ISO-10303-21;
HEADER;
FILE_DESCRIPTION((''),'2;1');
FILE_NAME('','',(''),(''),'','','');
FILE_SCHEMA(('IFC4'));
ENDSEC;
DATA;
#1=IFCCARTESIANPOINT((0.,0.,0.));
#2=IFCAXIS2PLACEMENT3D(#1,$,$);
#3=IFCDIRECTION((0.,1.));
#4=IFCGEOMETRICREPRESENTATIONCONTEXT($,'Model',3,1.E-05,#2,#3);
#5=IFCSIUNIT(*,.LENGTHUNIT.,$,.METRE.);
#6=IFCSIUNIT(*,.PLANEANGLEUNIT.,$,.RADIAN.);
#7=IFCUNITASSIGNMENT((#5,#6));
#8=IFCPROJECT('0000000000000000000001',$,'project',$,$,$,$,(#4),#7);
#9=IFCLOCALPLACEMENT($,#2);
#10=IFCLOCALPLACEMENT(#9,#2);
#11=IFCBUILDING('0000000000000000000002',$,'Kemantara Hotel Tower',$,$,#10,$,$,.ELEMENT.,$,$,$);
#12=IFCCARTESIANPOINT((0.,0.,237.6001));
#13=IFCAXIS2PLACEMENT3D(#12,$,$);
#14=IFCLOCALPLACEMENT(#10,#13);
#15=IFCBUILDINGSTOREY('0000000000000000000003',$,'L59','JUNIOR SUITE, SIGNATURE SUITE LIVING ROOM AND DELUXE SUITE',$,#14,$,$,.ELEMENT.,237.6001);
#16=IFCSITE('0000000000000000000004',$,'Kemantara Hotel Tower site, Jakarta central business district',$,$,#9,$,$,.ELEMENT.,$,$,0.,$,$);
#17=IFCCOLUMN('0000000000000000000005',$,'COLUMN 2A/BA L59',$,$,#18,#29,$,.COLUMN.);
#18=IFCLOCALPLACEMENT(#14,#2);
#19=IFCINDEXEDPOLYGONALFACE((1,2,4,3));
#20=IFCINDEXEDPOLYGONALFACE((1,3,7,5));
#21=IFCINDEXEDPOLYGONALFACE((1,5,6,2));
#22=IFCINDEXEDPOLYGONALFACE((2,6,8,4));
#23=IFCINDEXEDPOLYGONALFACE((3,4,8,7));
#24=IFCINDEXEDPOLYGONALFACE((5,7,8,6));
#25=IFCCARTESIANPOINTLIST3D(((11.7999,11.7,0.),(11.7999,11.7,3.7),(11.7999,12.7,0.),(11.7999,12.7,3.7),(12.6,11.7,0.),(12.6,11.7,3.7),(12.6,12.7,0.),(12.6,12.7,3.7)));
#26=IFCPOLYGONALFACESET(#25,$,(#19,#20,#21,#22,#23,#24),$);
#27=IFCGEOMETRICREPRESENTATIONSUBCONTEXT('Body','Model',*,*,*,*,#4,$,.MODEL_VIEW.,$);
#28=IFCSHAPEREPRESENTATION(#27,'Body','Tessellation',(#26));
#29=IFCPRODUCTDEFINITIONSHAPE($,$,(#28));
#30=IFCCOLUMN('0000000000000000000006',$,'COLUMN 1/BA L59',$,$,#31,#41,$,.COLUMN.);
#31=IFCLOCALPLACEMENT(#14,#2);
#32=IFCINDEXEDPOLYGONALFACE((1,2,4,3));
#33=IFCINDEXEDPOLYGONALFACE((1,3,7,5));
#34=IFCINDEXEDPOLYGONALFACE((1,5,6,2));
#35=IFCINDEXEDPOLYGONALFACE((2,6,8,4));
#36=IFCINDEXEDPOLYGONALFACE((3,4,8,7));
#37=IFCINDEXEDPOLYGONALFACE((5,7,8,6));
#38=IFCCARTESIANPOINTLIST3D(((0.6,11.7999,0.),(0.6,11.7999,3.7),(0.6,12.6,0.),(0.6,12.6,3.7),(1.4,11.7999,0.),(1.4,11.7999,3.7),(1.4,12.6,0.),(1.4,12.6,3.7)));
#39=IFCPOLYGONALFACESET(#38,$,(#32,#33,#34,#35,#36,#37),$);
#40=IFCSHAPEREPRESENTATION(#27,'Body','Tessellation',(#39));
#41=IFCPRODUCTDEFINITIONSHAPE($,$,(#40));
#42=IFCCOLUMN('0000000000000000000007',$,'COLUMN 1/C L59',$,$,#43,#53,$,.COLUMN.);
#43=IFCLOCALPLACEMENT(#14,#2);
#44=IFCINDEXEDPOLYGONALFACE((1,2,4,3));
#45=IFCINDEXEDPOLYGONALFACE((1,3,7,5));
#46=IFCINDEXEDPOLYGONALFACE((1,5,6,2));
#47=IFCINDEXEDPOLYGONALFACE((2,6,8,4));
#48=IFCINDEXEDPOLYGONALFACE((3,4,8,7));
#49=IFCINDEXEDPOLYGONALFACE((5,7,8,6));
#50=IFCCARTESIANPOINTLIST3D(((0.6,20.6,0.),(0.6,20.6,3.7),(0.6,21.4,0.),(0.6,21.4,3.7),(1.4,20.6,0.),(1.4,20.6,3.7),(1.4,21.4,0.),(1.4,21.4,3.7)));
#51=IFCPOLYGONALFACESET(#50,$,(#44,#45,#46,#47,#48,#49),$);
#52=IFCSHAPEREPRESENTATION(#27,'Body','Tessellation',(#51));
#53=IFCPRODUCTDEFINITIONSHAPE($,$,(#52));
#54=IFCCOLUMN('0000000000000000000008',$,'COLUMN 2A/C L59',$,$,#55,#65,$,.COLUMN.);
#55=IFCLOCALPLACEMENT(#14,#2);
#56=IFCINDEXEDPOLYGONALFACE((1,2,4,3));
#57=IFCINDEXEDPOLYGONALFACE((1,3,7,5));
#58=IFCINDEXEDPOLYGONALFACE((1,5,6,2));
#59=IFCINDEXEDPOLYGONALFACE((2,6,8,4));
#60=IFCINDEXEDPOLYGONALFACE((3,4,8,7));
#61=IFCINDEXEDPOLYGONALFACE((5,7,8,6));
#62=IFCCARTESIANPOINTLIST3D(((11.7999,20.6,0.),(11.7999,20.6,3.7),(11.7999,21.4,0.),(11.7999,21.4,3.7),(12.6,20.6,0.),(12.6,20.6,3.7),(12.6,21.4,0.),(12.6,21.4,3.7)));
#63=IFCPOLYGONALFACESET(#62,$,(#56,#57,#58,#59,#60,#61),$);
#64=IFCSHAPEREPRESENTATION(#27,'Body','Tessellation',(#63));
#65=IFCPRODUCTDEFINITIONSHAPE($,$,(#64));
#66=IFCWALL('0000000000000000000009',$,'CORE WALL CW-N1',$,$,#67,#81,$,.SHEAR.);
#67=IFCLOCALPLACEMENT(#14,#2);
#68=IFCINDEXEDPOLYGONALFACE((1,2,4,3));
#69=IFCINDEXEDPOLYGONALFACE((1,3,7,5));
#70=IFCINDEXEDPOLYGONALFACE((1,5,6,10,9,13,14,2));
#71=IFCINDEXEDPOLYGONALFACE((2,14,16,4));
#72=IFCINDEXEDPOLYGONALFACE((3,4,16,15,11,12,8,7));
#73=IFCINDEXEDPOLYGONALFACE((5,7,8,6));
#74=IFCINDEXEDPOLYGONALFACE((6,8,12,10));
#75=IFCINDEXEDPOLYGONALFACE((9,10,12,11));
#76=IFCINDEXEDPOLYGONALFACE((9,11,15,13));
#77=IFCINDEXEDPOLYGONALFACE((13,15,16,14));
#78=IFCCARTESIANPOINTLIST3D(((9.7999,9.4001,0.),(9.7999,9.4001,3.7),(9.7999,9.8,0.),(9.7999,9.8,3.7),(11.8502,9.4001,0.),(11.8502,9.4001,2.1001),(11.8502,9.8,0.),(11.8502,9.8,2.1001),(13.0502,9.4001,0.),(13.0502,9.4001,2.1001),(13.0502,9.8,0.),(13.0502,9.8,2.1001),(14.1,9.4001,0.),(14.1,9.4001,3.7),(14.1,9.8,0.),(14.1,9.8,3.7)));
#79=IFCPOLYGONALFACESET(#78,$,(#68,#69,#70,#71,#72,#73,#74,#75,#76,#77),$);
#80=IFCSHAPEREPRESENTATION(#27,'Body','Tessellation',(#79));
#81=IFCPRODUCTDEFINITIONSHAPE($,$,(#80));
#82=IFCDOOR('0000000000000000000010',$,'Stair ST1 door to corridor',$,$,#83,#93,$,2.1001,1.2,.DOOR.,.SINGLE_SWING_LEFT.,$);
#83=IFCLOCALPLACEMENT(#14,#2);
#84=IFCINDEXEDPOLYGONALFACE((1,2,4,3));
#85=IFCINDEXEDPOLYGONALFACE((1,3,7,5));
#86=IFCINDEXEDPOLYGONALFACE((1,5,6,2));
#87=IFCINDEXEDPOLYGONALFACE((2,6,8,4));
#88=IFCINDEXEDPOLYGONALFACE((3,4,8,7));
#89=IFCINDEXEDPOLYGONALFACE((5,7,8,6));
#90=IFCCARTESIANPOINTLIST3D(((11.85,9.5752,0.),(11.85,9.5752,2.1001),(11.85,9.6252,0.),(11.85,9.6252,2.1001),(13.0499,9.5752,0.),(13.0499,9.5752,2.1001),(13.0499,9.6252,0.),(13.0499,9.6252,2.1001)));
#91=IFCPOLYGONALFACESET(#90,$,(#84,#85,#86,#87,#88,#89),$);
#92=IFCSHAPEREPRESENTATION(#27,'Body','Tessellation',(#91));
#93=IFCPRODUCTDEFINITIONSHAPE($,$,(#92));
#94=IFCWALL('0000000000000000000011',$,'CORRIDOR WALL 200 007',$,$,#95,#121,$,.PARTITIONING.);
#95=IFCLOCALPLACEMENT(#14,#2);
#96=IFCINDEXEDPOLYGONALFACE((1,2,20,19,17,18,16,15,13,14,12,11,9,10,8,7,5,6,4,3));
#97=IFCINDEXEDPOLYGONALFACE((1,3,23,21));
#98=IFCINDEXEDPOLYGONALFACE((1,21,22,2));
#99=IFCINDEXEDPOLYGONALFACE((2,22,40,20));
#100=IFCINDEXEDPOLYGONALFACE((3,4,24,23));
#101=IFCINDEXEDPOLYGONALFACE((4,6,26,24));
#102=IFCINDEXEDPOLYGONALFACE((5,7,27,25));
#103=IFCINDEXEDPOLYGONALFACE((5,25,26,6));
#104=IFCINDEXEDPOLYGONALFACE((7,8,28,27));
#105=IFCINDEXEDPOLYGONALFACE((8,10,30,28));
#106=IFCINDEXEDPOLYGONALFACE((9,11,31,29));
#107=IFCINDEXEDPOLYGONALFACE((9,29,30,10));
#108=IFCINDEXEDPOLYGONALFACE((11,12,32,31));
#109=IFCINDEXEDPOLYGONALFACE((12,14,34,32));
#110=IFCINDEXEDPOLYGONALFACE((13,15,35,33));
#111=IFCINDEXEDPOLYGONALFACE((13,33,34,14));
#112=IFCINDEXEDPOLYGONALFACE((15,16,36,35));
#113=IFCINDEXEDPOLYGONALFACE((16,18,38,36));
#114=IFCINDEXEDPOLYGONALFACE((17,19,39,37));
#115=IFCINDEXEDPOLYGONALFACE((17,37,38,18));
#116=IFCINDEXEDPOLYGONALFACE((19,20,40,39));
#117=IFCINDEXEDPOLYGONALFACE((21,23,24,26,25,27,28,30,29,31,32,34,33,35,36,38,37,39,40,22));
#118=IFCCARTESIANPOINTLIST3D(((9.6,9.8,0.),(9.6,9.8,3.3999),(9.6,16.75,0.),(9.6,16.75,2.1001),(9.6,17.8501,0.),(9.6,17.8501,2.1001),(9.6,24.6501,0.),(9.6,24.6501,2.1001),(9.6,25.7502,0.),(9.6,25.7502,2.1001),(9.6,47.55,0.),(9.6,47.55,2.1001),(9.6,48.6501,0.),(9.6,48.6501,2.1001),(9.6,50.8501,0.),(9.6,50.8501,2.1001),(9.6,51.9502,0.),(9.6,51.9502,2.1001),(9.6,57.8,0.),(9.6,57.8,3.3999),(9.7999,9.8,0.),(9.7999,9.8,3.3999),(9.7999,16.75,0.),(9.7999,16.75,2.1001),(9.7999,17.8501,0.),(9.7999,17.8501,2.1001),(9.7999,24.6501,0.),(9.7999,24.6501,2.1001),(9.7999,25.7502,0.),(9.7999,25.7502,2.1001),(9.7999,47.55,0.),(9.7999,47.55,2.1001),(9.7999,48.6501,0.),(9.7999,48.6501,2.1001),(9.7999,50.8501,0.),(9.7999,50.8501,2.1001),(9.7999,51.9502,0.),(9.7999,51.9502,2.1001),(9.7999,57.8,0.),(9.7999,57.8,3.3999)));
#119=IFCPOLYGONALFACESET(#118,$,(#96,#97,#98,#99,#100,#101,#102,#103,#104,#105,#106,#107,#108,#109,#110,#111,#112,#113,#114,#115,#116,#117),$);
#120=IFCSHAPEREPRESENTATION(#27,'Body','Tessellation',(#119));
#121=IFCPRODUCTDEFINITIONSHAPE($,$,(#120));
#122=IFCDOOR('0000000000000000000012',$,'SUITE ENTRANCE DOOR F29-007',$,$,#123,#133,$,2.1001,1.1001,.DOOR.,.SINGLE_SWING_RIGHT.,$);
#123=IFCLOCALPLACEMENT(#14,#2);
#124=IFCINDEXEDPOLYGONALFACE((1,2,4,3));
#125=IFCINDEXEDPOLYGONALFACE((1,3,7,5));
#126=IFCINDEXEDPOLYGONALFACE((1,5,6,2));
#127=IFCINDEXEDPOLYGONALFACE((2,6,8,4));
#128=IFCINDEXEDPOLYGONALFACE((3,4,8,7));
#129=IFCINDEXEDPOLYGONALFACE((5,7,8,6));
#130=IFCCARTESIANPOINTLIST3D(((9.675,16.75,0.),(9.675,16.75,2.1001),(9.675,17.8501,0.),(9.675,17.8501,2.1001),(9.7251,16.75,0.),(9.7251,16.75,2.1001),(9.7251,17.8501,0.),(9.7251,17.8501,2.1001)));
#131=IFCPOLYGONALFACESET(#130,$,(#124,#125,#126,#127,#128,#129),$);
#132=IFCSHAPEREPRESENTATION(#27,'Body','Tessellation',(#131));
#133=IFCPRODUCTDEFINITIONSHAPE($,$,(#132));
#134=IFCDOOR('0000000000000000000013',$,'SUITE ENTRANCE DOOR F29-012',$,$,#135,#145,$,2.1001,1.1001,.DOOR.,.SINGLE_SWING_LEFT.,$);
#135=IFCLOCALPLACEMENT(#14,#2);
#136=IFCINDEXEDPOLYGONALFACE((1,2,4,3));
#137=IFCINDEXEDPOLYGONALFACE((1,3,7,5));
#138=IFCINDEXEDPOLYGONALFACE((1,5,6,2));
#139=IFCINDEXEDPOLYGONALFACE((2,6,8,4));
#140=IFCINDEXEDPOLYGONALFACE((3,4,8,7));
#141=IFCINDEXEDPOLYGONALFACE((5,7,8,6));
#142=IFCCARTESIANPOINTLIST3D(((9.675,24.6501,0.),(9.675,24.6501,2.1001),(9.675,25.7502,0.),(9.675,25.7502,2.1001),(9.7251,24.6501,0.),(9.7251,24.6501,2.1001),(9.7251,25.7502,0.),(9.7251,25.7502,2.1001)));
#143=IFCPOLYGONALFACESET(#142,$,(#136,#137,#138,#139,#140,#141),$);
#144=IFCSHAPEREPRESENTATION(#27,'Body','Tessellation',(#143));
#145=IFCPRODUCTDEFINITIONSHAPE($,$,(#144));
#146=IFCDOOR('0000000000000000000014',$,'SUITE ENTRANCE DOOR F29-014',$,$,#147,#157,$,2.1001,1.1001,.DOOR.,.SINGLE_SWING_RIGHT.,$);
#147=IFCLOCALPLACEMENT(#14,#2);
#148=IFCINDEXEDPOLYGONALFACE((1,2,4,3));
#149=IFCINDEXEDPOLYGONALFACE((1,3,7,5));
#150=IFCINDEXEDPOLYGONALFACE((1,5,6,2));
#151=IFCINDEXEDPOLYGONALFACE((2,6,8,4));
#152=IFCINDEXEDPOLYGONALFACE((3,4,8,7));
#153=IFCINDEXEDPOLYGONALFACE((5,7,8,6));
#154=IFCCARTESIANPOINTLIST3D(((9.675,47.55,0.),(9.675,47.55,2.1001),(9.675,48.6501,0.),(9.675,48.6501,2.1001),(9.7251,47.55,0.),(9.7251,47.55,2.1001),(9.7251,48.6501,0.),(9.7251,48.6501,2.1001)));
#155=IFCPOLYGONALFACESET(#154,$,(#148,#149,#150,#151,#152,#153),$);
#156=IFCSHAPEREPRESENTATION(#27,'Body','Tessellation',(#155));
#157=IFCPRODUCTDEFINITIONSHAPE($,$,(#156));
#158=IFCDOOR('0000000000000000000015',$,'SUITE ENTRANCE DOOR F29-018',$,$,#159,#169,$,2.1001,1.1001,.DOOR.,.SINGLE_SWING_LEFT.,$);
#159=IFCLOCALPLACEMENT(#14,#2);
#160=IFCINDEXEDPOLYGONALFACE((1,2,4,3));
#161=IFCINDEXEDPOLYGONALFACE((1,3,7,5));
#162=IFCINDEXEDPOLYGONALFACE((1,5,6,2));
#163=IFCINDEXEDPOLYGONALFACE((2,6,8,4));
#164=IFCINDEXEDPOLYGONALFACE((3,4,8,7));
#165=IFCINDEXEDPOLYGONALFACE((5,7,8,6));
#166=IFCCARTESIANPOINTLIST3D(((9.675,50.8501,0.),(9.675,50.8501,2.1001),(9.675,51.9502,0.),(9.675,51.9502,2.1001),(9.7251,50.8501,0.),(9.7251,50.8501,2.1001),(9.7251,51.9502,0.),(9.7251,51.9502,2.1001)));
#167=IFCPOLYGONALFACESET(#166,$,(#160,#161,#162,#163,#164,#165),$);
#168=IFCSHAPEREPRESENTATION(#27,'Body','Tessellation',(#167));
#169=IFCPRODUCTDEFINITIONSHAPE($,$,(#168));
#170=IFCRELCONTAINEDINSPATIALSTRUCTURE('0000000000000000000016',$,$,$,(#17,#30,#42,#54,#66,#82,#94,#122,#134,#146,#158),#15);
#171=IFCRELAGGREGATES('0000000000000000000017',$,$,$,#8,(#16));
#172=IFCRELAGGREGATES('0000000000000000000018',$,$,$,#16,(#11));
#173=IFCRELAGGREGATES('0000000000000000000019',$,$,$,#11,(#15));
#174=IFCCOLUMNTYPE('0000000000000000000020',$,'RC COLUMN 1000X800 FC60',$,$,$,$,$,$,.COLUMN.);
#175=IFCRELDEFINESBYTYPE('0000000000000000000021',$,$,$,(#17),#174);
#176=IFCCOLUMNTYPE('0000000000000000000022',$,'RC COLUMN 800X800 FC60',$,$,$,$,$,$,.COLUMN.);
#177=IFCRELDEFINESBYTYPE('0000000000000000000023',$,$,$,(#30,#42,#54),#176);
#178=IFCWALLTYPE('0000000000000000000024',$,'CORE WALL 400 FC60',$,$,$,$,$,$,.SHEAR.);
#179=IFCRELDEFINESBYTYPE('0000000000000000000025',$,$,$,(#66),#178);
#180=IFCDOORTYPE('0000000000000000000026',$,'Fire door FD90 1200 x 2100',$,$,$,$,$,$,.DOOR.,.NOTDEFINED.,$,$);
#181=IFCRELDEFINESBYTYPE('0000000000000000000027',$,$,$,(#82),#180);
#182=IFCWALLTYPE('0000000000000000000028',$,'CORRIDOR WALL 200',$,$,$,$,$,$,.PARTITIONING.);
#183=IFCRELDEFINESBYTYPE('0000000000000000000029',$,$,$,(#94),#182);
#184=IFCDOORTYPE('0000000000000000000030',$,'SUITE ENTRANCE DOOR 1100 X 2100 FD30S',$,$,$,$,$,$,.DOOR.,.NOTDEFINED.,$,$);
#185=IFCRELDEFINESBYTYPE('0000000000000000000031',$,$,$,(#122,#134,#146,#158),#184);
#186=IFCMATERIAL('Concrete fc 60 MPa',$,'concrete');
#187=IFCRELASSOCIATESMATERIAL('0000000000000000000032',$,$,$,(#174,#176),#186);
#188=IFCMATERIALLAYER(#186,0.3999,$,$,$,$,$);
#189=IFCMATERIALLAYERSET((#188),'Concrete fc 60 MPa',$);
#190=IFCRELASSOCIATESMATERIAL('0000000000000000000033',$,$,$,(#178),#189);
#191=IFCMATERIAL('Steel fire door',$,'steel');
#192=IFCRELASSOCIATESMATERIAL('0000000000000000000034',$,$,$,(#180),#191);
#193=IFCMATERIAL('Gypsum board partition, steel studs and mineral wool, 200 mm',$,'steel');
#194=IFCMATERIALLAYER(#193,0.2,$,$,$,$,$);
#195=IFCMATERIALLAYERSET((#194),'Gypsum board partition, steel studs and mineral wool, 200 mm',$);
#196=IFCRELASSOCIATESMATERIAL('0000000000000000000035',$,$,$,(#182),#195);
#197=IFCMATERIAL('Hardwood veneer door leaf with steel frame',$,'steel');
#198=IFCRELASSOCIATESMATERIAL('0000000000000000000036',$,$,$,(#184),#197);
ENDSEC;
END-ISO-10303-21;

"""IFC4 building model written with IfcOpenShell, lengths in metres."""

from ifc_helpers import new_model, si_unit, direction, frame, frame_2d, origin, origin_2d, place, context, subcontext, project, spatial, rectangle, extrude, material, layer, layer_set, material_profile, profile_set, type_object, element, fill, save


model = new_model("IFC4")

# Units and contexts
model_context = context("Model", 3, precision=1e-05, world=origin(), true_north=direction((0.0, 1.0)))
body_context = subcontext(model_context, "Body", "Model", "MODEL_VIEW")
ifc_project = project(units=[si_unit("LENGTHUNIT", "METRE"), si_unit("PLANEANGLEUNIT", "RADIAN")], contexts=[model_context])

# Site, building, storey
site_placement = place(None, origin())
site = spatial("IfcSite", under=ifc_project, at=site_placement, Name="Kemantara Hotel Tower site, Jakarta central business district", CompositionType="ELEMENT", RefElevation=0.0)
building_placement = place(site_placement, origin())
building = spatial("IfcBuilding", under=site, at=building_placement, Name="Kemantara Hotel Tower", CompositionType="ELEMENT")
storey_placement = place(building_placement, frame((0.0, 0.0, 237.6001)))
storey = spatial("IfcBuildingStorey", under=building, at=storey_placement, Name="L59", Description="JUNIOR SUITE, SIGNATURE SUITE LIVING ROOM AND DELUXE SUITE", CompositionType="ELEMENT", Elevation=237.6001)

# Columns
ifc_material_1 = material(Name="Concrete fc 60 MPa", Category="concrete")
ifc_material_profile_1 = material_profile(ifc_material_1, rectangle(XDim=1.0, YDim=0.8, at=origin_2d()), Name="RC 1000X800")
ifc_profile_set_1 = profile_set([ifc_material_profile_1], Name="Concrete fc 60 MPa")
column_type_1 = type_object("IfcColumnType", Name="RC COLUMN 1000X800 FC60", PredefinedType="COLUMN", material=ifc_profile_set_1)
column_placement = place(storey_placement, frame((12.2, 12.2, 0.0), z_axis=(0.0, 0.0, 1.0), x_axis=(0.0, 1.0, 0.0)))
element("IfcColumn", 1, at=column_placement, inside=storey, type_object=column_type_1, Name="COLUMN 2A/BA L59", PredefinedType="COLUMN", context=body_context, shape_type="SweptSolid", body=[
    extrude(rectangle(XDim=1.0, YDim=0.8, at=origin_2d()), origin(), (0.0, 0.0, 1.0), 3.7),
])
ifc_material_profile_2 = material_profile(ifc_material_1, rectangle(XDim=0.8, YDim=0.8, at=origin_2d()), Name="RC 800X800")
ifc_profile_set_2 = profile_set([ifc_material_profile_2], Name="Concrete fc 60 MPa")
column_type_2 = type_object("IfcColumnType", Name="RC COLUMN 800X800 FC60", PredefinedType="COLUMN", material=ifc_profile_set_2)
for number, where, z_axis, x_axis, name in (
    (2, (1.0, 12.2, 0.0), (0.0, 0.0, 1.0), (1.0, 0.0, 0.0), "COLUMN 1/BA L59"),
    (3, (1.0, 21.0, 0.0), (0.0, 0.0, 1.0), (1.0, 0.0, 0.0), "COLUMN 1/C L59"),
    (4, (12.2, 21.0, 0.0), (0.0, 0.0, 1.0), (1.0, 0.0, 0.0), "COLUMN 2A/C L59"),
):
    element("IfcColumn", number, at=place(storey_placement, frame(where, z_axis=z_axis, x_axis=x_axis)), inside=storey, type_object=column_type_2, Name=name, PredefinedType="COLUMN", context=body_context, shape_type="SweptSolid", body=[
        extrude(rectangle(XDim=0.8, YDim=0.8, at=origin_2d()), origin(), (0.0, 0.0, 1.0), 3.7),
    ])

# Wall, opening, door
ifc_layer_1 = layer(ifc_material_1, 0.3999)
ifc_layer_set_1 = layer_set([ifc_layer_1], Name="Concrete fc 60 MPa")
wall_type_1 = type_object("IfcWallType", Name="CORE WALL 400 FC60", PredefinedType="SHEAR", material=ifc_layer_set_1)
wall_1_placement = place(storey_placement, frame((9.8, 9.6001, 0.0), z_axis=(0.0, 0.0, 1.0), x_axis=(1.0, 0.0, 0.0)))
wall_1 = element("IfcWall", 5, at=wall_1_placement, inside=storey, type_object=wall_type_1, Name="CORE WALL CW-N1", PredefinedType="SHEAR", context=body_context, shape_type="SweptSolid", body=[
    extrude(rectangle(XDim=4.3, YDim=0.3999, at=frame_2d((2.1499, 0.0))), origin(), (0.0, 0.0, 1.0), 3.7),
])
opening_1_placement = place(wall_1_placement, frame((2.05, 0.0, 0.0)))
opening_1 = element("IfcOpeningElement", 6, at=opening_1_placement, cuts=wall_1, PredefinedType="OPENING", context=body_context, shape_type="SweptSolid", body=[
    extrude(rectangle(XDim=1.2, YDim=2.1001, at=frame_2d((0.6001, 1.05))), frame((0.0, 0.21, 0.0), z_axis=(0.0, -1.0, 0.0), x_axis=(1.0, 0.0, 0.0)), (0.0, 0.0, 1.0), 0.4199),
])
ifc_material_2 = material(Name="Steel fire door", Category="steel")
door_type_1 = type_object("IfcDoorType", Name="Fire door FD90 1200 x 2100", OperationType="NOTDEFINED", PredefinedType="DOOR", material=ifc_material_2)
door_1_placement = place(opening_1_placement, frame((1.2, 0.0, 0.0), z_axis=(0.0, 0.0, 1.0), x_axis=(-1.0, 0.0, 0.0)))
door_1 = element("IfcDoor", 7, at=door_1_placement, inside=storey, type_object=door_type_1, Name="Stair ST1 door to corridor", OperationType="SINGLE_SWING_LEFT", OverallHeight=2.1001, OverallWidth=1.2, PredefinedType="DOOR", context=body_context, shape_type="SweptSolid", body=[
    extrude(rectangle(XDim=1.2, YDim=2.1001, at=frame_2d((0.6001, 1.05))), frame((0.0, 0.0249, 0.0), z_axis=(0.0, -1.0, 0.0), x_axis=(1.0, 0.0, 0.0)), (0.0, 0.0, 1.0), 0.05),
])
fill(opening_1, door_1)

# Wall, openings, doors
ifc_material_3 = material(Name="Gypsum board partition, steel studs and mineral wool, 200 mm", Category="steel")
ifc_layer_2 = layer(ifc_material_3, 0.2)
ifc_layer_set_2 = layer_set([ifc_layer_2], Name="Gypsum board partition, steel studs and mineral wool, 200 mm")
wall_type_2 = type_object("IfcWallType", Name="CORRIDOR WALL 200", PredefinedType="PARTITIONING", material=ifc_layer_set_2)
wall_2_placement = place(storey_placement, frame((9.7, 9.8, 0.0), z_axis=(0.0, 0.0, 1.0), x_axis=(0.0, 1.0, 0.0)))
wall_2 = element("IfcWall", 8, at=wall_2_placement, inside=storey, type_object=wall_type_2, Name="CORRIDOR WALL 200 007", PredefinedType="PARTITIONING", context=body_context, shape_type="SweptSolid", body=[
    extrude(rectangle(XDim=48.0, YDim=0.2, at=frame_2d((24.0, 0.0))), origin(), (0.0, 0.0, 1.0), 3.3999),
])
opening_2_placement = place(wall_2_placement, frame((6.95, 0.0, 0.0)))
opening_2 = element("IfcOpeningElement", 9, at=opening_2_placement, cuts=wall_2, PredefinedType="OPENING", context=body_context, shape_type="SweptSolid", body=[
    extrude(rectangle(XDim=1.1001, YDim=2.1001, at=frame_2d((0.55, 1.05))), frame((0.0, 0.1099, 0.0), z_axis=(0.0, -1.0, 0.0), x_axis=(1.0, 0.0, 0.0)), (0.0, 0.0, 1.0), 0.22),
])
opening_3_placement = place(wall_2_placement, frame((14.8501, 0.0, 0.0)))
opening_3 = element("IfcOpeningElement", 10, at=opening_3_placement, cuts=wall_2, PredefinedType="OPENING", context=body_context, shape_type="SweptSolid", body=[
    extrude(rectangle(XDim=1.1001, YDim=2.1001, at=frame_2d((0.55, 1.05))), frame((0.0, 0.1099, 0.0), z_axis=(0.0, -1.0, 0.0), x_axis=(1.0, 0.0, 0.0)), (0.0, 0.0, 1.0), 0.22),
])
opening_4_placement = place(wall_2_placement, frame((37.75, 0.0, 0.0)))
opening_4 = element("IfcOpeningElement", 11, at=opening_4_placement, cuts=wall_2, PredefinedType="OPENING", context=body_context, shape_type="SweptSolid", body=[
    extrude(rectangle(XDim=1.1001, YDim=2.1001, at=frame_2d((0.55, 1.05))), frame((0.0, 0.1099, 0.0), z_axis=(0.0, -1.0, 0.0), x_axis=(1.0, 0.0, 0.0)), (0.0, 0.0, 1.0), 0.22),
])
opening_5_placement = place(wall_2_placement, frame((41.05, 0.0, 0.0)))
opening_5 = element("IfcOpeningElement", 12, at=opening_5_placement, cuts=wall_2, PredefinedType="OPENING", context=body_context, shape_type="SweptSolid", body=[
    extrude(rectangle(XDim=1.1001, YDim=2.1001, at=frame_2d((0.55, 1.05))), frame((0.0, 0.1099, 0.0), z_axis=(0.0, -1.0, 0.0), x_axis=(1.0, 0.0, 0.0)), (0.0, 0.0, 1.0), 0.22),
])
ifc_material_4 = material(Name="Hardwood veneer door leaf with steel frame", Category="steel")
door_type_2 = type_object("IfcDoorType", Name="SUITE ENTRANCE DOOR 1100 X 2100 FD30S", OperationType="NOTDEFINED", PredefinedType="DOOR", material=ifc_material_4)
door_2_placement = place(opening_2_placement, origin())
door_2 = element("IfcDoor", 13, at=door_2_placement, inside=storey, type_object=door_type_2, Name="SUITE ENTRANCE DOOR F29-007", OperationType="SINGLE_SWING_RIGHT", OverallHeight=2.1001, OverallWidth=1.1001, PredefinedType="DOOR", context=body_context, shape_type="SweptSolid", body=[
    extrude(rectangle(XDim=1.1001, YDim=2.1001, at=frame_2d((0.55, 1.05))), frame((0.0, 0.0249, 0.0), z_axis=(0.0, -1.0, 0.0), x_axis=(1.0, 0.0, 0.0)), (0.0, 0.0, 1.0), 0.05),
])
fill(opening_2, door_2)
door_3_placement = place(opening_3_placement, origin())
door_3 = element("IfcDoor", 14, at=door_3_placement, inside=storey, type_object=door_type_2, Name="SUITE ENTRANCE DOOR F29-012", OperationType="SINGLE_SWING_LEFT", OverallHeight=2.1001, OverallWidth=1.1001, PredefinedType="DOOR", context=body_context, shape_type="SweptSolid", body=[
    extrude(rectangle(XDim=1.1001, YDim=2.1001, at=frame_2d((0.55, 1.05))), frame((0.0, 0.0249, 0.0), z_axis=(0.0, -1.0, 0.0), x_axis=(1.0, 0.0, 0.0)), (0.0, 0.0, 1.0), 0.05),
])
fill(opening_3, door_3)
door_4_placement = place(opening_4_placement, origin())
door_4 = element("IfcDoor", 15, at=door_4_placement, inside=storey, type_object=door_type_2, Name="SUITE ENTRANCE DOOR F29-014", OperationType="SINGLE_SWING_RIGHT", OverallHeight=2.1001, OverallWidth=1.1001, PredefinedType="DOOR", context=body_context, shape_type="SweptSolid", body=[
    extrude(rectangle(XDim=1.1001, YDim=2.1001, at=frame_2d((0.55, 1.05))), frame((0.0, 0.0249, 0.0), z_axis=(0.0, -1.0, 0.0), x_axis=(1.0, 0.0, 0.0)), (0.0, 0.0, 1.0), 0.05),
])
fill(opening_4, door_4)
door_5_placement = place(opening_5_placement, origin())
door_5 = element("IfcDoor", 16, at=door_5_placement, inside=storey, type_object=door_type_2, Name="SUITE ENTRANCE DOOR F29-018", OperationType="SINGLE_SWING_LEFT", OverallHeight=2.1001, OverallWidth=1.1001, PredefinedType="DOOR", context=body_context, shape_type="SweptSolid", body=[
    extrude(rectangle(XDim=1.1001, YDim=2.1001, at=frame_2d((0.55, 1.05))), frame((0.0, 0.0249, 0.0), z_axis=(0.0, -1.0, 0.0), x_axis=(1.0, 0.0, 0.0)), (0.0, 0.0, 1.0), 0.05),
])
fill(opening_5, door_5)

save(model, "model.ifc")
